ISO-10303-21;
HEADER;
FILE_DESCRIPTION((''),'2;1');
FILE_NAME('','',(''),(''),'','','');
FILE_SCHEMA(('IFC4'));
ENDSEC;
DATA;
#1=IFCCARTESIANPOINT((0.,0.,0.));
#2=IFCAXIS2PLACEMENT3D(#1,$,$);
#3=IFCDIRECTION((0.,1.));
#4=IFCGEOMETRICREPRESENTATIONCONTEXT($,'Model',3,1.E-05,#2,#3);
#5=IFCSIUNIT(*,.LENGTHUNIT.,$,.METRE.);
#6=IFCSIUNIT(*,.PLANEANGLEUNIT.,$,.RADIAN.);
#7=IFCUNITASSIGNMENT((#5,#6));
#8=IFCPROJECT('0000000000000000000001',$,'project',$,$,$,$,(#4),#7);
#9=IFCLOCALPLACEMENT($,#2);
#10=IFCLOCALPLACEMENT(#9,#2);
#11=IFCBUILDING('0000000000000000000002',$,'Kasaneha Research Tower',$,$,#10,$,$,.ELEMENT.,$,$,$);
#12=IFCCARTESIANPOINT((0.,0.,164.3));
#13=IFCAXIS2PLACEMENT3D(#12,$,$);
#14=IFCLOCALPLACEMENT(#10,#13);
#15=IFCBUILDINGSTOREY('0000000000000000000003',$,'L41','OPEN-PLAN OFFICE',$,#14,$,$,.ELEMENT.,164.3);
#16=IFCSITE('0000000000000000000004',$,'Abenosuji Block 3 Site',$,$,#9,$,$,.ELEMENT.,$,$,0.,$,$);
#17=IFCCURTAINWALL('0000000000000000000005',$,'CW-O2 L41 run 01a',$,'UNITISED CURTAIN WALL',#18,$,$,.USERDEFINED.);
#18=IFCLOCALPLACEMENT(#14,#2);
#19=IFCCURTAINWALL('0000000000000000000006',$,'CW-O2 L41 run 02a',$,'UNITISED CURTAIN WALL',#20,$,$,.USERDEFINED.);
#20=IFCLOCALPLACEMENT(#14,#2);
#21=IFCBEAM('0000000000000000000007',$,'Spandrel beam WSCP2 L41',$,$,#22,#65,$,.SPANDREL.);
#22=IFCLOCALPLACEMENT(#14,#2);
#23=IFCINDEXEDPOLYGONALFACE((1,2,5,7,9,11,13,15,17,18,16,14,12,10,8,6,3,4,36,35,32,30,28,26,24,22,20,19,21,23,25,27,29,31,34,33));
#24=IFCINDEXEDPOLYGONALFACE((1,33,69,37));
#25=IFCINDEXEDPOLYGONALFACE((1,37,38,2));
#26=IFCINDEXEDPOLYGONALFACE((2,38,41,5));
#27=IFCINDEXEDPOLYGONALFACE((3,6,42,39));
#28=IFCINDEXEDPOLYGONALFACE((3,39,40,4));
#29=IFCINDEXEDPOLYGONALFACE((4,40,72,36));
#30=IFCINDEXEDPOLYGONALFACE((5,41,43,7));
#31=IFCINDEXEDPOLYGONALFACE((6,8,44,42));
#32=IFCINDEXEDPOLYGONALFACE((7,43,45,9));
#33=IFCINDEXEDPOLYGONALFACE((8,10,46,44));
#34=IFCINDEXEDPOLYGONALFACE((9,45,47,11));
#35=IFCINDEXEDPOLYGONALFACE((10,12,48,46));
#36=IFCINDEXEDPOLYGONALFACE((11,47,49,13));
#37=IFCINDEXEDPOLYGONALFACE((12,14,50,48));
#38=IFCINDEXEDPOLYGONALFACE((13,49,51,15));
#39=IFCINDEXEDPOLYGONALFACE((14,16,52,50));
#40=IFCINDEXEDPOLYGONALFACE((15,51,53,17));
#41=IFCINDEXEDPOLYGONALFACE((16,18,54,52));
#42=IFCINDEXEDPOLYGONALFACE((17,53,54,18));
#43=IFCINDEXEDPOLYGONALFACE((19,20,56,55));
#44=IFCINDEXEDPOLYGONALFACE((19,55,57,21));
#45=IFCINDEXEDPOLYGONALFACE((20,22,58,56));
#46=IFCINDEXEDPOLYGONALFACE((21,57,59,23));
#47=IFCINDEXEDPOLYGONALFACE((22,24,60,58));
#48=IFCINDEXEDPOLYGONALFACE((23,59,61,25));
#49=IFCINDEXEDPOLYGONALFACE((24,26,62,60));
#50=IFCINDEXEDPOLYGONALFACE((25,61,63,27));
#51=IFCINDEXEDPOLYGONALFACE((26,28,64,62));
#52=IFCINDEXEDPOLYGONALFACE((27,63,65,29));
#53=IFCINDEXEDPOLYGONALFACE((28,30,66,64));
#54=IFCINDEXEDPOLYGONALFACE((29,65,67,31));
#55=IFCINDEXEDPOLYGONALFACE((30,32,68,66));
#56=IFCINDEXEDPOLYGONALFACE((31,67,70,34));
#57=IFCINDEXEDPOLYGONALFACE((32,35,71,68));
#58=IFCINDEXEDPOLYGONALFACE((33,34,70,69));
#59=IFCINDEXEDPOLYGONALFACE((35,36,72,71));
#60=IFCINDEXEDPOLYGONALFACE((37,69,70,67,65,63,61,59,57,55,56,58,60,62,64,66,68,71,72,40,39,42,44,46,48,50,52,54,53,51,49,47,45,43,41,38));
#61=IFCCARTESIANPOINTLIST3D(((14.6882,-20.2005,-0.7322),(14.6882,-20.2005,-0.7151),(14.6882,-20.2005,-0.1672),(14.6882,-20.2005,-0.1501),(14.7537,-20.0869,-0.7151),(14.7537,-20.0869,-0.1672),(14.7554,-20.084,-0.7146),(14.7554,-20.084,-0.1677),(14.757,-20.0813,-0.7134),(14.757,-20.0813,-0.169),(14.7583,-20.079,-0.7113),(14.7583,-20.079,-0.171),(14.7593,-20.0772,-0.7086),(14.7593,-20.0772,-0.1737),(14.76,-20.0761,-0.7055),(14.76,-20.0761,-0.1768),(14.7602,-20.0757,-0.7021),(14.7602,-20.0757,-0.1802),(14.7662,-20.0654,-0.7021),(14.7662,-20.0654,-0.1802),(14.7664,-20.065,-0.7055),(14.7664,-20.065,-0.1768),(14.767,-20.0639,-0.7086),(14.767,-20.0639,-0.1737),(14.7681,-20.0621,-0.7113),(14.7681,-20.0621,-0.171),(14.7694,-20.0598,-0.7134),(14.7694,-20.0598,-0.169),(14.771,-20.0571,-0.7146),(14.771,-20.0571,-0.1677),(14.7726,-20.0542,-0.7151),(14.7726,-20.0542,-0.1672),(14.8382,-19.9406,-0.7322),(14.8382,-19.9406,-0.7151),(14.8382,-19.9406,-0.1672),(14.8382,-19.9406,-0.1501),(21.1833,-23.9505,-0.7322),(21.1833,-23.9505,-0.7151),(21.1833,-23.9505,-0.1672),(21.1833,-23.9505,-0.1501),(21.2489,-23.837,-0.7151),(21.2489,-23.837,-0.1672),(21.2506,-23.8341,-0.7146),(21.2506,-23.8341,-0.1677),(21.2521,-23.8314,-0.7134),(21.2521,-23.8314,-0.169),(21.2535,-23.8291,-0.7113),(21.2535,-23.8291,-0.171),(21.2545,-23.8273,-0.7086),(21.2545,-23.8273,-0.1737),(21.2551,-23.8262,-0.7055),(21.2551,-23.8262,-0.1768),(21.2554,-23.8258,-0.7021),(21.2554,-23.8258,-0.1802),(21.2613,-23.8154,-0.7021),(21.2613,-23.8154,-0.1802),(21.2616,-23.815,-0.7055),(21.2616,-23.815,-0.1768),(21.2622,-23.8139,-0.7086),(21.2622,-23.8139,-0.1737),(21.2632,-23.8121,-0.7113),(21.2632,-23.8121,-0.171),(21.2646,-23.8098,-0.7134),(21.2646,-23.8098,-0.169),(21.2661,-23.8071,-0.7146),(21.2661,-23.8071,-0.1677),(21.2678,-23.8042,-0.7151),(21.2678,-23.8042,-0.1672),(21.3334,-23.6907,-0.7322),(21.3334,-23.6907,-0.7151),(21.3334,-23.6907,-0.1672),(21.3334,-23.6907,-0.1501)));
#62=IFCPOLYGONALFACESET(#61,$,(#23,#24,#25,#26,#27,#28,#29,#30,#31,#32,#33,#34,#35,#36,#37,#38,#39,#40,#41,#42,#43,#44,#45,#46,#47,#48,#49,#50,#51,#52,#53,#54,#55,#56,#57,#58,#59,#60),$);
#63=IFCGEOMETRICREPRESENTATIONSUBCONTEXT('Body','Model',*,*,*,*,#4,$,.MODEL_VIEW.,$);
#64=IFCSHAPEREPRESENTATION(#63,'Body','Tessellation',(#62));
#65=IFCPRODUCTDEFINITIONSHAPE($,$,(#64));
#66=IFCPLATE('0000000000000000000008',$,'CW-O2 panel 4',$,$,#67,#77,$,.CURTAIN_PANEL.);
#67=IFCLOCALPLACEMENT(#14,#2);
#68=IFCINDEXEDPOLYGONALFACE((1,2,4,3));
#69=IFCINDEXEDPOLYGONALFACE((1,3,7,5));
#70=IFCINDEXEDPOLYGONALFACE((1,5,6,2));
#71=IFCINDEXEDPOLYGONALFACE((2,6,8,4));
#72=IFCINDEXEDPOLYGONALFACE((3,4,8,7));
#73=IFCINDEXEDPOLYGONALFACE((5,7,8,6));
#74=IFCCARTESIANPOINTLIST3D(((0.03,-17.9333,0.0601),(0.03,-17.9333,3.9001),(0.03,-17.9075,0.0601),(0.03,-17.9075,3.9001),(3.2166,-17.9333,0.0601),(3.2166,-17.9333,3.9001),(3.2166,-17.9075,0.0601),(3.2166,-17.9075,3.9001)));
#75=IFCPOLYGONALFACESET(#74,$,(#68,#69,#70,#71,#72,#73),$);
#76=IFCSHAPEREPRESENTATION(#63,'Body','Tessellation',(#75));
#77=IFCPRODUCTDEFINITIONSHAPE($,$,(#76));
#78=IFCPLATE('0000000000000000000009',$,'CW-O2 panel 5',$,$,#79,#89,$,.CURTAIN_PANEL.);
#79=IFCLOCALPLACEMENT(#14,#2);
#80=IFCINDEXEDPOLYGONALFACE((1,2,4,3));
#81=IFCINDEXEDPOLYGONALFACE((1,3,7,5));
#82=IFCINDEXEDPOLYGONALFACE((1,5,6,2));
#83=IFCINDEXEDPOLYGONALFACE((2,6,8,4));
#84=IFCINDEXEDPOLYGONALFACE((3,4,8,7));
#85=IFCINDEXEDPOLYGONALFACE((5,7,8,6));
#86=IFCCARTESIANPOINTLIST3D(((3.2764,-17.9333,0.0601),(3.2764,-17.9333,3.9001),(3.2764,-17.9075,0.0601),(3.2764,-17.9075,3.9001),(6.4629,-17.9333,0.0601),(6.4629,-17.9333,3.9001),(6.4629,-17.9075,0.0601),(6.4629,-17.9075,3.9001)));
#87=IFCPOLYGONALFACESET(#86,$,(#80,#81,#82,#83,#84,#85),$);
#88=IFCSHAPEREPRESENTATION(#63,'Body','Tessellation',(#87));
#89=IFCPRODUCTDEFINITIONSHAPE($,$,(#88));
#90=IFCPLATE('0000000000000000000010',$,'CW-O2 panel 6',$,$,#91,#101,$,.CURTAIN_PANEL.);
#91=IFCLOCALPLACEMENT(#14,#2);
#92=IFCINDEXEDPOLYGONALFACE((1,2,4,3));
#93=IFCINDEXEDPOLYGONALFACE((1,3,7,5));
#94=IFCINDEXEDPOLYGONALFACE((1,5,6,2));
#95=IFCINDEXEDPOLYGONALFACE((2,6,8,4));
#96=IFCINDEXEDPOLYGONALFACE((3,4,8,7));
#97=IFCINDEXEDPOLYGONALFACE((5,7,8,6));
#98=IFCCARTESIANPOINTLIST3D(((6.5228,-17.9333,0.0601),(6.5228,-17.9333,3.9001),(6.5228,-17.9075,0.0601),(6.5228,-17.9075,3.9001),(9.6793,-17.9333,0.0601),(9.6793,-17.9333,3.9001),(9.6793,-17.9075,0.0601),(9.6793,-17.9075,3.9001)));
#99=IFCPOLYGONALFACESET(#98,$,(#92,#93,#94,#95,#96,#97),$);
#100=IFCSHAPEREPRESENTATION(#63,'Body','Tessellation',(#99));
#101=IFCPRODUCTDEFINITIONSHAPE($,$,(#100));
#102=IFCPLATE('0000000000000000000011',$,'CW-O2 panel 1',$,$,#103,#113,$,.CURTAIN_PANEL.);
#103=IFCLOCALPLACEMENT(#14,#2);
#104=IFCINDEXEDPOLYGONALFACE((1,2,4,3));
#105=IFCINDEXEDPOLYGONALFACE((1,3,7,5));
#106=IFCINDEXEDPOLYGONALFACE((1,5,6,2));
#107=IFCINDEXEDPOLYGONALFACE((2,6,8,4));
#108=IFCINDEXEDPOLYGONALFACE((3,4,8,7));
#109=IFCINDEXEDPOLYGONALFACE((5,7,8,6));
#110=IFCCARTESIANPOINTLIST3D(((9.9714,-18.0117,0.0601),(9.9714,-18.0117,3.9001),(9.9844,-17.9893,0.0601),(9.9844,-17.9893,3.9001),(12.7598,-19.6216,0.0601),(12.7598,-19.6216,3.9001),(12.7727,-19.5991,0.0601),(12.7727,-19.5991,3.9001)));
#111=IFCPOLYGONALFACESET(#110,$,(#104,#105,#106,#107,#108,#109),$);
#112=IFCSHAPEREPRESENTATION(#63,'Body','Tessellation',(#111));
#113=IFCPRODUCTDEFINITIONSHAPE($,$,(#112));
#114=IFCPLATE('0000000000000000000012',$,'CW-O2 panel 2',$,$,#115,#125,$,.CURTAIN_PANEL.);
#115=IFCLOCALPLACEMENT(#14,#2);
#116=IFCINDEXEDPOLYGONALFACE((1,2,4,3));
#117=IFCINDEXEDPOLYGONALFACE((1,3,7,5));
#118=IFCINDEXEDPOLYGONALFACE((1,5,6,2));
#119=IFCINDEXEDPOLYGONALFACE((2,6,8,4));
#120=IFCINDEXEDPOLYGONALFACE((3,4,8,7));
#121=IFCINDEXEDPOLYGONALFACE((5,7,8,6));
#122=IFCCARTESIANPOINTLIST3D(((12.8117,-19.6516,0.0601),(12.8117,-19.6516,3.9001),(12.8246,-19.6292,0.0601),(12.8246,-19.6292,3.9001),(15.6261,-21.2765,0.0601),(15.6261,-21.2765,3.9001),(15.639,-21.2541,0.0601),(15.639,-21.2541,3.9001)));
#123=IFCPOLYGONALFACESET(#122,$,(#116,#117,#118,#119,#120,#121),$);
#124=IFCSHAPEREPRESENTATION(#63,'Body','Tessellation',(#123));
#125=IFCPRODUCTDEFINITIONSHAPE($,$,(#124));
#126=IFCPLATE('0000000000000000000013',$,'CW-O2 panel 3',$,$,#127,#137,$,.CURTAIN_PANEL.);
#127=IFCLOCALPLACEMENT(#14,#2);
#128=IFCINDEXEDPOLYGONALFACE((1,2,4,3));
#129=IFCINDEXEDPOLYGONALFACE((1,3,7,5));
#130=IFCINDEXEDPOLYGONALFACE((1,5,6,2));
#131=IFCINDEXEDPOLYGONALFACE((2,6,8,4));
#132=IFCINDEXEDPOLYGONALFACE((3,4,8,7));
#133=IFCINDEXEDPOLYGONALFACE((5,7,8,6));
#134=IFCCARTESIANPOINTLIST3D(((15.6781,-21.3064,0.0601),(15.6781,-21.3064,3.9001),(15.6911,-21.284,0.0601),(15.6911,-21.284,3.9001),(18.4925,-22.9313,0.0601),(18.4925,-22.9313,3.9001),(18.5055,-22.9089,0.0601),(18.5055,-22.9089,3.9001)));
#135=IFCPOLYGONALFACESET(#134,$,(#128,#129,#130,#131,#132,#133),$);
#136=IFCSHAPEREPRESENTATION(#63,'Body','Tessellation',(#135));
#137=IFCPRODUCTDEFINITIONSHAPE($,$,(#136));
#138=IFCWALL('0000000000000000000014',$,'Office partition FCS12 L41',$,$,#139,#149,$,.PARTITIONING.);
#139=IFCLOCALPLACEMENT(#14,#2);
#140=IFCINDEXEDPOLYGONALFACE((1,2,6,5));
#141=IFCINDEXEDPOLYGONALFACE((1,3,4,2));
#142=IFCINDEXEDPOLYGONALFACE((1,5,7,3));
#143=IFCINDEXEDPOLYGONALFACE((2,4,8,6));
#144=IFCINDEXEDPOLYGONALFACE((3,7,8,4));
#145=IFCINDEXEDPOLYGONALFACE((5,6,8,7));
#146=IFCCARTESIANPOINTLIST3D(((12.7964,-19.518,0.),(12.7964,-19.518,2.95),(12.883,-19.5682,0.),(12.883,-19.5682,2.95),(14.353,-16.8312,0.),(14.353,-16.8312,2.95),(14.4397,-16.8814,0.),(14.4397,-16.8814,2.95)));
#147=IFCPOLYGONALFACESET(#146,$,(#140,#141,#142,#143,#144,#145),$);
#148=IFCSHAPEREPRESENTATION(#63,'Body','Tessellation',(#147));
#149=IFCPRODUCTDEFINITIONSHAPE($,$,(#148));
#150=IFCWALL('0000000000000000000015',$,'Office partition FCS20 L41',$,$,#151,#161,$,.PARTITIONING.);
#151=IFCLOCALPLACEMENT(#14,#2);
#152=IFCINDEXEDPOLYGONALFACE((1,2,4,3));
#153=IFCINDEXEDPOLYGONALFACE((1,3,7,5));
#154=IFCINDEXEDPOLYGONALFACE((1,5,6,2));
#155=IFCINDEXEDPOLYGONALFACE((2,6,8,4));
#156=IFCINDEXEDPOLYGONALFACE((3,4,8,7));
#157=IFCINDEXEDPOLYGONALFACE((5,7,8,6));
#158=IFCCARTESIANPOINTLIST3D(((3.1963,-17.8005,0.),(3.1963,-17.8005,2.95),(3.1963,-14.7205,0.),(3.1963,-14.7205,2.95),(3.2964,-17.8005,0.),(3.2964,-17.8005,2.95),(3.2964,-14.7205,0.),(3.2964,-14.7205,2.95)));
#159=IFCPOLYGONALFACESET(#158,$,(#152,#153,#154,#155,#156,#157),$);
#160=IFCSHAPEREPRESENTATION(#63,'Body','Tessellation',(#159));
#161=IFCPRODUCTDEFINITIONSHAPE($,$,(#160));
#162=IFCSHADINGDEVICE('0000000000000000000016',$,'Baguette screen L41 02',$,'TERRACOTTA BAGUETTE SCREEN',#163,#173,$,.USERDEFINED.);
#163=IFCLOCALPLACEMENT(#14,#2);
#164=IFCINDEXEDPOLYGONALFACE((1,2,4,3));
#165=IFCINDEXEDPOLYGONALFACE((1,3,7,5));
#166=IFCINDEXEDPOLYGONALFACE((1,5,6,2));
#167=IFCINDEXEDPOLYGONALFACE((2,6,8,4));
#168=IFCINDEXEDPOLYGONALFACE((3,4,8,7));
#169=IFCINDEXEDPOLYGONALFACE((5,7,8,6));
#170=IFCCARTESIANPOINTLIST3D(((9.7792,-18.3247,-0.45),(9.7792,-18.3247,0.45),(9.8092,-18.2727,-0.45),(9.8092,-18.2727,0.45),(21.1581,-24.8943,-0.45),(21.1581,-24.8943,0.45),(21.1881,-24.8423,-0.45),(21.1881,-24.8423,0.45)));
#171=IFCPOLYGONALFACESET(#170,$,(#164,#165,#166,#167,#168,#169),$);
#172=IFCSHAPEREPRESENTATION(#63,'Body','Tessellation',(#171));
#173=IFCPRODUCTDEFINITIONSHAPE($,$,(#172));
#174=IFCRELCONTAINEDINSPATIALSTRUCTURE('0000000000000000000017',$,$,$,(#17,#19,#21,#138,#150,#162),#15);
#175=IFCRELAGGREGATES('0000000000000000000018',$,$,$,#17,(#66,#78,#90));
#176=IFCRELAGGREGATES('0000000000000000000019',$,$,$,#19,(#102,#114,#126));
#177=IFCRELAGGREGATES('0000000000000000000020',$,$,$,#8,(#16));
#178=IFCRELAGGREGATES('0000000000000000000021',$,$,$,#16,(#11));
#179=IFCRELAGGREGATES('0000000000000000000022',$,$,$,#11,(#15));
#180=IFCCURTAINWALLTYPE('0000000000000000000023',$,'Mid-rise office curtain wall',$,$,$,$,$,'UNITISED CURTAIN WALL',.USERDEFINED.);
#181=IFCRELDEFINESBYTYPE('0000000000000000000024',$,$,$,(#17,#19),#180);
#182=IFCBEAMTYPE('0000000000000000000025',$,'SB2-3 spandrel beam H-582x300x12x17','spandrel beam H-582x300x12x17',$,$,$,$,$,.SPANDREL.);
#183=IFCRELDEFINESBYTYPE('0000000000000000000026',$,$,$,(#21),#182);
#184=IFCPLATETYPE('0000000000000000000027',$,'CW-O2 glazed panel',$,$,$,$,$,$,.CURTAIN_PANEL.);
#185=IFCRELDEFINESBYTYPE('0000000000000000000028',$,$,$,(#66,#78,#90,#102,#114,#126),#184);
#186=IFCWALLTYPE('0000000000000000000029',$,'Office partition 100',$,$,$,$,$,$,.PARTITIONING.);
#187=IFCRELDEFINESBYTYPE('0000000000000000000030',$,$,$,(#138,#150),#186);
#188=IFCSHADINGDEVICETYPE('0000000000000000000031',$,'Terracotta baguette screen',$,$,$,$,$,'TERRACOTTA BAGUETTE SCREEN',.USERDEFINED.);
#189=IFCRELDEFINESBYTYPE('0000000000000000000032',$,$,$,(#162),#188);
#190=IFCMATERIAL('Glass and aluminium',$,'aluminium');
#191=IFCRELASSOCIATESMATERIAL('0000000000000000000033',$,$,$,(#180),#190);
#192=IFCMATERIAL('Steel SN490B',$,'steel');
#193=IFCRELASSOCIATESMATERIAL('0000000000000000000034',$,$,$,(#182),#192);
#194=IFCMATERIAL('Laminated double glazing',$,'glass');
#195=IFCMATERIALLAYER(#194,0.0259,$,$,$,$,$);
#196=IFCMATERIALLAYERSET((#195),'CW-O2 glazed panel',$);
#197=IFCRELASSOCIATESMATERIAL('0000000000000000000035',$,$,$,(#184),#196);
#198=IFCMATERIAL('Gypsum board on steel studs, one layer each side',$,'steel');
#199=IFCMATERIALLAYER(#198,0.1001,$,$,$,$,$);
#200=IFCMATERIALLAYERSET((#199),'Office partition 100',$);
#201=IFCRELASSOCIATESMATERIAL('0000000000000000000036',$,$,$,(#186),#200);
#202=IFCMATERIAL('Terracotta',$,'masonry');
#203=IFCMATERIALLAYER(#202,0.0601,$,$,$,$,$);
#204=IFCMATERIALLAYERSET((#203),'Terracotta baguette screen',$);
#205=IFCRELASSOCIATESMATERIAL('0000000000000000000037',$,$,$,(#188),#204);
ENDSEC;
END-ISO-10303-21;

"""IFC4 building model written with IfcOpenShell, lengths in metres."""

from ifc_helpers import new_model, si_unit, direction, frame, frame_2d, origin, origin_2d, place, context, subcontext, project, spatial, rectangle, i_section, extrude, material, layer, layer_set, material_profile, profile_set, type_object, element, aggregate, save


model = new_model("IFC4")

# Units and contexts
model_context = context("Model", 3, precision=1e-05, world=origin(), true_north=direction((0.0, 1.0)))
body_context = subcontext(model_context, "Body", "Model", "MODEL_VIEW")
ifc_project = project(units=[si_unit("LENGTHUNIT", "METRE"), si_unit("PLANEANGLEUNIT", "RADIAN")], contexts=[model_context])

# Site, building, storey
site_placement = place(None, origin())
site = spatial("IfcSite", under=ifc_project, at=site_placement, Name="Abenosuji Block 3 Site", CompositionType="ELEMENT", RefElevation=0.0)
building_placement = place(site_placement, origin())
building = spatial("IfcBuilding", under=site, at=building_placement, Name="Kasaneha Research Tower", CompositionType="ELEMENT")
storey_placement = place(building_placement, frame((0.0, 0.0, 164.3)))
storey = spatial("IfcBuildingStorey", under=building, at=storey_placement, Name="L41", Description="OPEN-PLAN OFFICE", CompositionType="ELEMENT", Elevation=164.3)

# Curtain walls
ifc_material_1 = material(Name="Glass and aluminium", Category="aluminium")
curtain_wall_type = type_object("IfcCurtainWallType", Name="Mid-rise office curtain wall", ElementType="UNITISED CURTAIN WALL", PredefinedType="USERDEFINED", material=ifc_material_1)
curtain_wall_1_placement = place(storey_placement, origin())
curtain_wall_1 = element("IfcCurtainWall", 1, at=curtain_wall_1_placement, inside=storey, type_object=curtain_wall_type, Name="CW-O2 L41 run 01a", ObjectType="UNITISED CURTAIN WALL", PredefinedType="USERDEFINED")
curtain_wall_2_placement = place(storey_placement, origin())
curtain_wall_2 = element("IfcCurtainWall", 2, at=curtain_wall_2_placement, inside=storey, type_object=curtain_wall_type, Name="CW-O2 L41 run 02a", ObjectType="UNITISED CURTAIN WALL", PredefinedType="USERDEFINED")

# Beam
ifc_material_2 = material(Name="Steel SN490B", Category="steel")
ifc_material_profile_1 = material_profile(ifc_material_2, i_section(OverallWidth=0.3, OverallDepth=0.582, WebThickness=0.012, FlangeThickness=0.0171, FilletRadius=0.0129, at=origin_2d()), Name="H-582x300x12x17")
ifc_profile_set_1 = profile_set([ifc_material_profile_1], Name="Steel SN490B")
beam_type_1 = type_object("IfcBeamType", Name="SB2-3 spandrel beam H-582x300x12x17", Description="spandrel beam H-582x300x12x17", PredefinedType="SPANDREL", material=ifc_profile_set_1)
beam_1_placement = place(storey_placement, frame((14.7632, -20.0706, -0.4412), z_axis=(0.866023, -0.500004, 0.0), x_axis=(0.500004, 0.866023, 0.0)))
element("IfcBeam", 3, at=beam_1_placement, inside=storey, type_object=beam_type_1, Name="Spandrel beam WSCP2 L41", PredefinedType="SPANDREL", context=body_context, shape_type="SweptSolid", body=[
    extrude(i_section(OverallWidth=0.3, OverallDepth=0.582, WebThickness=0.012, FlangeThickness=0.0171, FilletRadius=0.0129, at=origin_2d()), origin(), (0.0, 0.0, 1.0), 7.5),
])

# Plates
ifc_material_3 = material(Name="Laminated double glazing", Category="glass")
ifc_layer_1 = layer(ifc_material_3, 0.0259)
ifc_layer_set_1 = layer_set([ifc_layer_1], Name="CW-O2 glazed panel")
plate_type = type_object("IfcPlateType", Name="CW-O2 glazed panel", PredefinedType="CURTAIN_PANEL", material=ifc_layer_set_1)
plate_1_placement = place(storey_placement, frame((1.6233, -17.9204, 0.0601), z_axis=(0.0, 0.0, 1.0), x_axis=(1.0, 0.0, 0.0)))
plate_1 = element("IfcPlate", 4, at=plate_1_placement, type_object=plate_type, Name="CW-O2 panel 4", PredefinedType="CURTAIN_PANEL", context=body_context, shape_type="SweptSolid", body=[
    extrude(rectangle(XDim=3.1865, YDim=0.0259, at=origin_2d()), origin(), (0.0, 0.0, 1.0), 3.8401),
])
plate_2_placement = place(storey_placement, frame((4.8696, -17.9204, 0.0601), z_axis=(0.0, 0.0, 1.0), x_axis=(1.0, 0.0, 0.0)))
plate_2 = element("IfcPlate", 5, at=plate_2_placement, type_object=plate_type, Name="CW-O2 panel 5", PredefinedType="CURTAIN_PANEL", context=body_context, shape_type="SweptSolid", body=[
    extrude(rectangle(XDim=3.1865, YDim=0.0259, at=origin_2d()), origin(), (0.0, 0.0, 1.0), 3.8401),
])
plate_3_placement = place(storey_placement, frame((8.1011, -17.9204, 0.0601), z_axis=(0.0, 0.0, 1.0), x_axis=(1.0, 0.0, 0.0)))
plate_3 = element("IfcPlate", 6, at=plate_3_placement, type_object=plate_type, Name="CW-O2 panel 6", PredefinedType="CURTAIN_PANEL", context=body_context, shape_type="SweptSolid", body=[
    extrude(rectangle(XDim=3.1565, YDim=0.0259, at=origin_2d()), origin(), (0.0, 0.0, 1.0), 3.8401),
])
aggregate(curtain_wall_1, [plate_1, plate_2, plate_3])
plate_4_placement = place(storey_placement, frame((11.3721, -18.8054, 0.0601), z_axis=(0.0, 0.0, 1.0), x_axis=(0.866025, -0.5, 0.0)))
plate_4 = element("IfcPlate", 7, at=plate_4_placement, type_object=plate_type, Name="CW-O2 panel 1", PredefinedType="CURTAIN_PANEL", context=body_context, shape_type="SweptSolid", body=[
    extrude(rectangle(XDim=3.2197, YDim=0.0259, at=origin_2d()), origin(), (0.0, 0.0, 1.0), 3.8401),
])
plate_5_placement = place(storey_placement, frame((14.2253, -20.4529, 0.0601), z_axis=(0.0, 0.0, 1.0), x_axis=(0.866025, -0.5, 0.0)))
plate_5 = element("IfcPlate", 8, at=plate_5_placement, type_object=plate_type, Name="CW-O2 panel 2", PredefinedType="CURTAIN_PANEL", context=body_context, shape_type="SweptSolid", body=[
    extrude(rectangle(XDim=3.2498, YDim=0.0259, at=origin_2d()), origin(), (0.0, 0.0, 1.0), 3.8401),
])
plate_6_placement = place(storey_placement, frame((17.0918, -22.1077, 0.0601), z_axis=(0.0, 0.0, 1.0), x_axis=(0.866025, -0.5, 0.0)))
plate_6 = element("IfcPlate", 9, at=plate_6_placement, type_object=plate_type, Name="CW-O2 panel 3", PredefinedType="CURTAIN_PANEL", context=body_context, shape_type="SweptSolid", body=[
    extrude(rectangle(XDim=3.2498, YDim=0.0259, at=origin_2d()), origin(), (0.0, 0.0, 1.0), 3.8401),
])
aggregate(curtain_wall_2, [plate_4, plate_5, plate_6])

# Walls
ifc_material_4 = material(Name="Gypsum board on steel studs, one layer each side", Category="steel")
ifc_layer_2 = layer(ifc_material_4, 0.1001)
ifc_layer_set_2 = layer_set([ifc_layer_2], Name="Office partition 100")
wall_type = type_object("IfcWallType", Name="Office partition 100", PredefinedType="PARTITIONING", material=ifc_layer_set_2)
wall_1_placement = place(storey_placement, frame((12.8396, -19.5432, 0.0), z_axis=(0.0, 0.0, 1.0), x_axis=(0.501312, 0.865267, 0.0)))
element("IfcWall", 10, at=wall_1_placement, inside=storey, type_object=wall_type, Name="Office partition FCS12 L41", PredefinedType="PARTITIONING", context=body_context, shape_type="SweptSolid", body=[
    extrude(rectangle(XDim=3.1052, YDim=0.1001, at=frame_2d((1.5527, 0.0))), origin(), (0.0, 0.0, 1.0), 2.95),
])
wall_2_placement = place(storey_placement, frame((3.2463, -17.8005, 0.0), z_axis=(0.0, 0.0, 1.0), x_axis=(0.0, 1.0, 0.0)))
element("IfcWall", 11, at=wall_2_placement, inside=storey, type_object=wall_type, Name="Office partition FCS20 L41", PredefinedType="PARTITIONING", context=body_context, shape_type="SweptSolid", body=[
    extrude(rectangle(XDim=3.0801, YDim=0.1001, at=frame_2d((1.54, 0.0))), origin(), (0.0, 0.0, 1.0), 2.95),
])

# Shading device
ifc_material_5 = material(Name="Terracotta", Category="masonry")
ifc_layer_3 = layer(ifc_material_5, 0.0601)
ifc_layer_set_3 = layer_set([ifc_layer_3], Name="Terracotta baguette screen")
shading_device_type = type_object("IfcShadingDeviceType", Name="Terracotta baguette screen", ElementType="TERRACOTTA BAGUETTE SCREEN", PredefinedType="USERDEFINED", material=ifc_layer_set_3)
shading_device_placement = place(storey_placement, frame((15.4836, -21.5835, -0.45), z_axis=(0.0, 0.0, 1.0), x_axis=(0.866025, -0.5, 0.0)))
element("IfcShadingDevice", 12, at=shading_device_placement, inside=storey, type_object=shading_device_type, Name="Baguette screen L41 02", ObjectType="TERRACOTTA BAGUETTE SCREEN", PredefinedType="USERDEFINED", context=body_context, shape_type="SweptSolid", body=[
    extrude(rectangle(XDim=13.1392, YDim=0.0601, at=origin_2d()), origin(), (0.0, 0.0, 1.0), 0.8999),
])

save(model, "model.ifc")
